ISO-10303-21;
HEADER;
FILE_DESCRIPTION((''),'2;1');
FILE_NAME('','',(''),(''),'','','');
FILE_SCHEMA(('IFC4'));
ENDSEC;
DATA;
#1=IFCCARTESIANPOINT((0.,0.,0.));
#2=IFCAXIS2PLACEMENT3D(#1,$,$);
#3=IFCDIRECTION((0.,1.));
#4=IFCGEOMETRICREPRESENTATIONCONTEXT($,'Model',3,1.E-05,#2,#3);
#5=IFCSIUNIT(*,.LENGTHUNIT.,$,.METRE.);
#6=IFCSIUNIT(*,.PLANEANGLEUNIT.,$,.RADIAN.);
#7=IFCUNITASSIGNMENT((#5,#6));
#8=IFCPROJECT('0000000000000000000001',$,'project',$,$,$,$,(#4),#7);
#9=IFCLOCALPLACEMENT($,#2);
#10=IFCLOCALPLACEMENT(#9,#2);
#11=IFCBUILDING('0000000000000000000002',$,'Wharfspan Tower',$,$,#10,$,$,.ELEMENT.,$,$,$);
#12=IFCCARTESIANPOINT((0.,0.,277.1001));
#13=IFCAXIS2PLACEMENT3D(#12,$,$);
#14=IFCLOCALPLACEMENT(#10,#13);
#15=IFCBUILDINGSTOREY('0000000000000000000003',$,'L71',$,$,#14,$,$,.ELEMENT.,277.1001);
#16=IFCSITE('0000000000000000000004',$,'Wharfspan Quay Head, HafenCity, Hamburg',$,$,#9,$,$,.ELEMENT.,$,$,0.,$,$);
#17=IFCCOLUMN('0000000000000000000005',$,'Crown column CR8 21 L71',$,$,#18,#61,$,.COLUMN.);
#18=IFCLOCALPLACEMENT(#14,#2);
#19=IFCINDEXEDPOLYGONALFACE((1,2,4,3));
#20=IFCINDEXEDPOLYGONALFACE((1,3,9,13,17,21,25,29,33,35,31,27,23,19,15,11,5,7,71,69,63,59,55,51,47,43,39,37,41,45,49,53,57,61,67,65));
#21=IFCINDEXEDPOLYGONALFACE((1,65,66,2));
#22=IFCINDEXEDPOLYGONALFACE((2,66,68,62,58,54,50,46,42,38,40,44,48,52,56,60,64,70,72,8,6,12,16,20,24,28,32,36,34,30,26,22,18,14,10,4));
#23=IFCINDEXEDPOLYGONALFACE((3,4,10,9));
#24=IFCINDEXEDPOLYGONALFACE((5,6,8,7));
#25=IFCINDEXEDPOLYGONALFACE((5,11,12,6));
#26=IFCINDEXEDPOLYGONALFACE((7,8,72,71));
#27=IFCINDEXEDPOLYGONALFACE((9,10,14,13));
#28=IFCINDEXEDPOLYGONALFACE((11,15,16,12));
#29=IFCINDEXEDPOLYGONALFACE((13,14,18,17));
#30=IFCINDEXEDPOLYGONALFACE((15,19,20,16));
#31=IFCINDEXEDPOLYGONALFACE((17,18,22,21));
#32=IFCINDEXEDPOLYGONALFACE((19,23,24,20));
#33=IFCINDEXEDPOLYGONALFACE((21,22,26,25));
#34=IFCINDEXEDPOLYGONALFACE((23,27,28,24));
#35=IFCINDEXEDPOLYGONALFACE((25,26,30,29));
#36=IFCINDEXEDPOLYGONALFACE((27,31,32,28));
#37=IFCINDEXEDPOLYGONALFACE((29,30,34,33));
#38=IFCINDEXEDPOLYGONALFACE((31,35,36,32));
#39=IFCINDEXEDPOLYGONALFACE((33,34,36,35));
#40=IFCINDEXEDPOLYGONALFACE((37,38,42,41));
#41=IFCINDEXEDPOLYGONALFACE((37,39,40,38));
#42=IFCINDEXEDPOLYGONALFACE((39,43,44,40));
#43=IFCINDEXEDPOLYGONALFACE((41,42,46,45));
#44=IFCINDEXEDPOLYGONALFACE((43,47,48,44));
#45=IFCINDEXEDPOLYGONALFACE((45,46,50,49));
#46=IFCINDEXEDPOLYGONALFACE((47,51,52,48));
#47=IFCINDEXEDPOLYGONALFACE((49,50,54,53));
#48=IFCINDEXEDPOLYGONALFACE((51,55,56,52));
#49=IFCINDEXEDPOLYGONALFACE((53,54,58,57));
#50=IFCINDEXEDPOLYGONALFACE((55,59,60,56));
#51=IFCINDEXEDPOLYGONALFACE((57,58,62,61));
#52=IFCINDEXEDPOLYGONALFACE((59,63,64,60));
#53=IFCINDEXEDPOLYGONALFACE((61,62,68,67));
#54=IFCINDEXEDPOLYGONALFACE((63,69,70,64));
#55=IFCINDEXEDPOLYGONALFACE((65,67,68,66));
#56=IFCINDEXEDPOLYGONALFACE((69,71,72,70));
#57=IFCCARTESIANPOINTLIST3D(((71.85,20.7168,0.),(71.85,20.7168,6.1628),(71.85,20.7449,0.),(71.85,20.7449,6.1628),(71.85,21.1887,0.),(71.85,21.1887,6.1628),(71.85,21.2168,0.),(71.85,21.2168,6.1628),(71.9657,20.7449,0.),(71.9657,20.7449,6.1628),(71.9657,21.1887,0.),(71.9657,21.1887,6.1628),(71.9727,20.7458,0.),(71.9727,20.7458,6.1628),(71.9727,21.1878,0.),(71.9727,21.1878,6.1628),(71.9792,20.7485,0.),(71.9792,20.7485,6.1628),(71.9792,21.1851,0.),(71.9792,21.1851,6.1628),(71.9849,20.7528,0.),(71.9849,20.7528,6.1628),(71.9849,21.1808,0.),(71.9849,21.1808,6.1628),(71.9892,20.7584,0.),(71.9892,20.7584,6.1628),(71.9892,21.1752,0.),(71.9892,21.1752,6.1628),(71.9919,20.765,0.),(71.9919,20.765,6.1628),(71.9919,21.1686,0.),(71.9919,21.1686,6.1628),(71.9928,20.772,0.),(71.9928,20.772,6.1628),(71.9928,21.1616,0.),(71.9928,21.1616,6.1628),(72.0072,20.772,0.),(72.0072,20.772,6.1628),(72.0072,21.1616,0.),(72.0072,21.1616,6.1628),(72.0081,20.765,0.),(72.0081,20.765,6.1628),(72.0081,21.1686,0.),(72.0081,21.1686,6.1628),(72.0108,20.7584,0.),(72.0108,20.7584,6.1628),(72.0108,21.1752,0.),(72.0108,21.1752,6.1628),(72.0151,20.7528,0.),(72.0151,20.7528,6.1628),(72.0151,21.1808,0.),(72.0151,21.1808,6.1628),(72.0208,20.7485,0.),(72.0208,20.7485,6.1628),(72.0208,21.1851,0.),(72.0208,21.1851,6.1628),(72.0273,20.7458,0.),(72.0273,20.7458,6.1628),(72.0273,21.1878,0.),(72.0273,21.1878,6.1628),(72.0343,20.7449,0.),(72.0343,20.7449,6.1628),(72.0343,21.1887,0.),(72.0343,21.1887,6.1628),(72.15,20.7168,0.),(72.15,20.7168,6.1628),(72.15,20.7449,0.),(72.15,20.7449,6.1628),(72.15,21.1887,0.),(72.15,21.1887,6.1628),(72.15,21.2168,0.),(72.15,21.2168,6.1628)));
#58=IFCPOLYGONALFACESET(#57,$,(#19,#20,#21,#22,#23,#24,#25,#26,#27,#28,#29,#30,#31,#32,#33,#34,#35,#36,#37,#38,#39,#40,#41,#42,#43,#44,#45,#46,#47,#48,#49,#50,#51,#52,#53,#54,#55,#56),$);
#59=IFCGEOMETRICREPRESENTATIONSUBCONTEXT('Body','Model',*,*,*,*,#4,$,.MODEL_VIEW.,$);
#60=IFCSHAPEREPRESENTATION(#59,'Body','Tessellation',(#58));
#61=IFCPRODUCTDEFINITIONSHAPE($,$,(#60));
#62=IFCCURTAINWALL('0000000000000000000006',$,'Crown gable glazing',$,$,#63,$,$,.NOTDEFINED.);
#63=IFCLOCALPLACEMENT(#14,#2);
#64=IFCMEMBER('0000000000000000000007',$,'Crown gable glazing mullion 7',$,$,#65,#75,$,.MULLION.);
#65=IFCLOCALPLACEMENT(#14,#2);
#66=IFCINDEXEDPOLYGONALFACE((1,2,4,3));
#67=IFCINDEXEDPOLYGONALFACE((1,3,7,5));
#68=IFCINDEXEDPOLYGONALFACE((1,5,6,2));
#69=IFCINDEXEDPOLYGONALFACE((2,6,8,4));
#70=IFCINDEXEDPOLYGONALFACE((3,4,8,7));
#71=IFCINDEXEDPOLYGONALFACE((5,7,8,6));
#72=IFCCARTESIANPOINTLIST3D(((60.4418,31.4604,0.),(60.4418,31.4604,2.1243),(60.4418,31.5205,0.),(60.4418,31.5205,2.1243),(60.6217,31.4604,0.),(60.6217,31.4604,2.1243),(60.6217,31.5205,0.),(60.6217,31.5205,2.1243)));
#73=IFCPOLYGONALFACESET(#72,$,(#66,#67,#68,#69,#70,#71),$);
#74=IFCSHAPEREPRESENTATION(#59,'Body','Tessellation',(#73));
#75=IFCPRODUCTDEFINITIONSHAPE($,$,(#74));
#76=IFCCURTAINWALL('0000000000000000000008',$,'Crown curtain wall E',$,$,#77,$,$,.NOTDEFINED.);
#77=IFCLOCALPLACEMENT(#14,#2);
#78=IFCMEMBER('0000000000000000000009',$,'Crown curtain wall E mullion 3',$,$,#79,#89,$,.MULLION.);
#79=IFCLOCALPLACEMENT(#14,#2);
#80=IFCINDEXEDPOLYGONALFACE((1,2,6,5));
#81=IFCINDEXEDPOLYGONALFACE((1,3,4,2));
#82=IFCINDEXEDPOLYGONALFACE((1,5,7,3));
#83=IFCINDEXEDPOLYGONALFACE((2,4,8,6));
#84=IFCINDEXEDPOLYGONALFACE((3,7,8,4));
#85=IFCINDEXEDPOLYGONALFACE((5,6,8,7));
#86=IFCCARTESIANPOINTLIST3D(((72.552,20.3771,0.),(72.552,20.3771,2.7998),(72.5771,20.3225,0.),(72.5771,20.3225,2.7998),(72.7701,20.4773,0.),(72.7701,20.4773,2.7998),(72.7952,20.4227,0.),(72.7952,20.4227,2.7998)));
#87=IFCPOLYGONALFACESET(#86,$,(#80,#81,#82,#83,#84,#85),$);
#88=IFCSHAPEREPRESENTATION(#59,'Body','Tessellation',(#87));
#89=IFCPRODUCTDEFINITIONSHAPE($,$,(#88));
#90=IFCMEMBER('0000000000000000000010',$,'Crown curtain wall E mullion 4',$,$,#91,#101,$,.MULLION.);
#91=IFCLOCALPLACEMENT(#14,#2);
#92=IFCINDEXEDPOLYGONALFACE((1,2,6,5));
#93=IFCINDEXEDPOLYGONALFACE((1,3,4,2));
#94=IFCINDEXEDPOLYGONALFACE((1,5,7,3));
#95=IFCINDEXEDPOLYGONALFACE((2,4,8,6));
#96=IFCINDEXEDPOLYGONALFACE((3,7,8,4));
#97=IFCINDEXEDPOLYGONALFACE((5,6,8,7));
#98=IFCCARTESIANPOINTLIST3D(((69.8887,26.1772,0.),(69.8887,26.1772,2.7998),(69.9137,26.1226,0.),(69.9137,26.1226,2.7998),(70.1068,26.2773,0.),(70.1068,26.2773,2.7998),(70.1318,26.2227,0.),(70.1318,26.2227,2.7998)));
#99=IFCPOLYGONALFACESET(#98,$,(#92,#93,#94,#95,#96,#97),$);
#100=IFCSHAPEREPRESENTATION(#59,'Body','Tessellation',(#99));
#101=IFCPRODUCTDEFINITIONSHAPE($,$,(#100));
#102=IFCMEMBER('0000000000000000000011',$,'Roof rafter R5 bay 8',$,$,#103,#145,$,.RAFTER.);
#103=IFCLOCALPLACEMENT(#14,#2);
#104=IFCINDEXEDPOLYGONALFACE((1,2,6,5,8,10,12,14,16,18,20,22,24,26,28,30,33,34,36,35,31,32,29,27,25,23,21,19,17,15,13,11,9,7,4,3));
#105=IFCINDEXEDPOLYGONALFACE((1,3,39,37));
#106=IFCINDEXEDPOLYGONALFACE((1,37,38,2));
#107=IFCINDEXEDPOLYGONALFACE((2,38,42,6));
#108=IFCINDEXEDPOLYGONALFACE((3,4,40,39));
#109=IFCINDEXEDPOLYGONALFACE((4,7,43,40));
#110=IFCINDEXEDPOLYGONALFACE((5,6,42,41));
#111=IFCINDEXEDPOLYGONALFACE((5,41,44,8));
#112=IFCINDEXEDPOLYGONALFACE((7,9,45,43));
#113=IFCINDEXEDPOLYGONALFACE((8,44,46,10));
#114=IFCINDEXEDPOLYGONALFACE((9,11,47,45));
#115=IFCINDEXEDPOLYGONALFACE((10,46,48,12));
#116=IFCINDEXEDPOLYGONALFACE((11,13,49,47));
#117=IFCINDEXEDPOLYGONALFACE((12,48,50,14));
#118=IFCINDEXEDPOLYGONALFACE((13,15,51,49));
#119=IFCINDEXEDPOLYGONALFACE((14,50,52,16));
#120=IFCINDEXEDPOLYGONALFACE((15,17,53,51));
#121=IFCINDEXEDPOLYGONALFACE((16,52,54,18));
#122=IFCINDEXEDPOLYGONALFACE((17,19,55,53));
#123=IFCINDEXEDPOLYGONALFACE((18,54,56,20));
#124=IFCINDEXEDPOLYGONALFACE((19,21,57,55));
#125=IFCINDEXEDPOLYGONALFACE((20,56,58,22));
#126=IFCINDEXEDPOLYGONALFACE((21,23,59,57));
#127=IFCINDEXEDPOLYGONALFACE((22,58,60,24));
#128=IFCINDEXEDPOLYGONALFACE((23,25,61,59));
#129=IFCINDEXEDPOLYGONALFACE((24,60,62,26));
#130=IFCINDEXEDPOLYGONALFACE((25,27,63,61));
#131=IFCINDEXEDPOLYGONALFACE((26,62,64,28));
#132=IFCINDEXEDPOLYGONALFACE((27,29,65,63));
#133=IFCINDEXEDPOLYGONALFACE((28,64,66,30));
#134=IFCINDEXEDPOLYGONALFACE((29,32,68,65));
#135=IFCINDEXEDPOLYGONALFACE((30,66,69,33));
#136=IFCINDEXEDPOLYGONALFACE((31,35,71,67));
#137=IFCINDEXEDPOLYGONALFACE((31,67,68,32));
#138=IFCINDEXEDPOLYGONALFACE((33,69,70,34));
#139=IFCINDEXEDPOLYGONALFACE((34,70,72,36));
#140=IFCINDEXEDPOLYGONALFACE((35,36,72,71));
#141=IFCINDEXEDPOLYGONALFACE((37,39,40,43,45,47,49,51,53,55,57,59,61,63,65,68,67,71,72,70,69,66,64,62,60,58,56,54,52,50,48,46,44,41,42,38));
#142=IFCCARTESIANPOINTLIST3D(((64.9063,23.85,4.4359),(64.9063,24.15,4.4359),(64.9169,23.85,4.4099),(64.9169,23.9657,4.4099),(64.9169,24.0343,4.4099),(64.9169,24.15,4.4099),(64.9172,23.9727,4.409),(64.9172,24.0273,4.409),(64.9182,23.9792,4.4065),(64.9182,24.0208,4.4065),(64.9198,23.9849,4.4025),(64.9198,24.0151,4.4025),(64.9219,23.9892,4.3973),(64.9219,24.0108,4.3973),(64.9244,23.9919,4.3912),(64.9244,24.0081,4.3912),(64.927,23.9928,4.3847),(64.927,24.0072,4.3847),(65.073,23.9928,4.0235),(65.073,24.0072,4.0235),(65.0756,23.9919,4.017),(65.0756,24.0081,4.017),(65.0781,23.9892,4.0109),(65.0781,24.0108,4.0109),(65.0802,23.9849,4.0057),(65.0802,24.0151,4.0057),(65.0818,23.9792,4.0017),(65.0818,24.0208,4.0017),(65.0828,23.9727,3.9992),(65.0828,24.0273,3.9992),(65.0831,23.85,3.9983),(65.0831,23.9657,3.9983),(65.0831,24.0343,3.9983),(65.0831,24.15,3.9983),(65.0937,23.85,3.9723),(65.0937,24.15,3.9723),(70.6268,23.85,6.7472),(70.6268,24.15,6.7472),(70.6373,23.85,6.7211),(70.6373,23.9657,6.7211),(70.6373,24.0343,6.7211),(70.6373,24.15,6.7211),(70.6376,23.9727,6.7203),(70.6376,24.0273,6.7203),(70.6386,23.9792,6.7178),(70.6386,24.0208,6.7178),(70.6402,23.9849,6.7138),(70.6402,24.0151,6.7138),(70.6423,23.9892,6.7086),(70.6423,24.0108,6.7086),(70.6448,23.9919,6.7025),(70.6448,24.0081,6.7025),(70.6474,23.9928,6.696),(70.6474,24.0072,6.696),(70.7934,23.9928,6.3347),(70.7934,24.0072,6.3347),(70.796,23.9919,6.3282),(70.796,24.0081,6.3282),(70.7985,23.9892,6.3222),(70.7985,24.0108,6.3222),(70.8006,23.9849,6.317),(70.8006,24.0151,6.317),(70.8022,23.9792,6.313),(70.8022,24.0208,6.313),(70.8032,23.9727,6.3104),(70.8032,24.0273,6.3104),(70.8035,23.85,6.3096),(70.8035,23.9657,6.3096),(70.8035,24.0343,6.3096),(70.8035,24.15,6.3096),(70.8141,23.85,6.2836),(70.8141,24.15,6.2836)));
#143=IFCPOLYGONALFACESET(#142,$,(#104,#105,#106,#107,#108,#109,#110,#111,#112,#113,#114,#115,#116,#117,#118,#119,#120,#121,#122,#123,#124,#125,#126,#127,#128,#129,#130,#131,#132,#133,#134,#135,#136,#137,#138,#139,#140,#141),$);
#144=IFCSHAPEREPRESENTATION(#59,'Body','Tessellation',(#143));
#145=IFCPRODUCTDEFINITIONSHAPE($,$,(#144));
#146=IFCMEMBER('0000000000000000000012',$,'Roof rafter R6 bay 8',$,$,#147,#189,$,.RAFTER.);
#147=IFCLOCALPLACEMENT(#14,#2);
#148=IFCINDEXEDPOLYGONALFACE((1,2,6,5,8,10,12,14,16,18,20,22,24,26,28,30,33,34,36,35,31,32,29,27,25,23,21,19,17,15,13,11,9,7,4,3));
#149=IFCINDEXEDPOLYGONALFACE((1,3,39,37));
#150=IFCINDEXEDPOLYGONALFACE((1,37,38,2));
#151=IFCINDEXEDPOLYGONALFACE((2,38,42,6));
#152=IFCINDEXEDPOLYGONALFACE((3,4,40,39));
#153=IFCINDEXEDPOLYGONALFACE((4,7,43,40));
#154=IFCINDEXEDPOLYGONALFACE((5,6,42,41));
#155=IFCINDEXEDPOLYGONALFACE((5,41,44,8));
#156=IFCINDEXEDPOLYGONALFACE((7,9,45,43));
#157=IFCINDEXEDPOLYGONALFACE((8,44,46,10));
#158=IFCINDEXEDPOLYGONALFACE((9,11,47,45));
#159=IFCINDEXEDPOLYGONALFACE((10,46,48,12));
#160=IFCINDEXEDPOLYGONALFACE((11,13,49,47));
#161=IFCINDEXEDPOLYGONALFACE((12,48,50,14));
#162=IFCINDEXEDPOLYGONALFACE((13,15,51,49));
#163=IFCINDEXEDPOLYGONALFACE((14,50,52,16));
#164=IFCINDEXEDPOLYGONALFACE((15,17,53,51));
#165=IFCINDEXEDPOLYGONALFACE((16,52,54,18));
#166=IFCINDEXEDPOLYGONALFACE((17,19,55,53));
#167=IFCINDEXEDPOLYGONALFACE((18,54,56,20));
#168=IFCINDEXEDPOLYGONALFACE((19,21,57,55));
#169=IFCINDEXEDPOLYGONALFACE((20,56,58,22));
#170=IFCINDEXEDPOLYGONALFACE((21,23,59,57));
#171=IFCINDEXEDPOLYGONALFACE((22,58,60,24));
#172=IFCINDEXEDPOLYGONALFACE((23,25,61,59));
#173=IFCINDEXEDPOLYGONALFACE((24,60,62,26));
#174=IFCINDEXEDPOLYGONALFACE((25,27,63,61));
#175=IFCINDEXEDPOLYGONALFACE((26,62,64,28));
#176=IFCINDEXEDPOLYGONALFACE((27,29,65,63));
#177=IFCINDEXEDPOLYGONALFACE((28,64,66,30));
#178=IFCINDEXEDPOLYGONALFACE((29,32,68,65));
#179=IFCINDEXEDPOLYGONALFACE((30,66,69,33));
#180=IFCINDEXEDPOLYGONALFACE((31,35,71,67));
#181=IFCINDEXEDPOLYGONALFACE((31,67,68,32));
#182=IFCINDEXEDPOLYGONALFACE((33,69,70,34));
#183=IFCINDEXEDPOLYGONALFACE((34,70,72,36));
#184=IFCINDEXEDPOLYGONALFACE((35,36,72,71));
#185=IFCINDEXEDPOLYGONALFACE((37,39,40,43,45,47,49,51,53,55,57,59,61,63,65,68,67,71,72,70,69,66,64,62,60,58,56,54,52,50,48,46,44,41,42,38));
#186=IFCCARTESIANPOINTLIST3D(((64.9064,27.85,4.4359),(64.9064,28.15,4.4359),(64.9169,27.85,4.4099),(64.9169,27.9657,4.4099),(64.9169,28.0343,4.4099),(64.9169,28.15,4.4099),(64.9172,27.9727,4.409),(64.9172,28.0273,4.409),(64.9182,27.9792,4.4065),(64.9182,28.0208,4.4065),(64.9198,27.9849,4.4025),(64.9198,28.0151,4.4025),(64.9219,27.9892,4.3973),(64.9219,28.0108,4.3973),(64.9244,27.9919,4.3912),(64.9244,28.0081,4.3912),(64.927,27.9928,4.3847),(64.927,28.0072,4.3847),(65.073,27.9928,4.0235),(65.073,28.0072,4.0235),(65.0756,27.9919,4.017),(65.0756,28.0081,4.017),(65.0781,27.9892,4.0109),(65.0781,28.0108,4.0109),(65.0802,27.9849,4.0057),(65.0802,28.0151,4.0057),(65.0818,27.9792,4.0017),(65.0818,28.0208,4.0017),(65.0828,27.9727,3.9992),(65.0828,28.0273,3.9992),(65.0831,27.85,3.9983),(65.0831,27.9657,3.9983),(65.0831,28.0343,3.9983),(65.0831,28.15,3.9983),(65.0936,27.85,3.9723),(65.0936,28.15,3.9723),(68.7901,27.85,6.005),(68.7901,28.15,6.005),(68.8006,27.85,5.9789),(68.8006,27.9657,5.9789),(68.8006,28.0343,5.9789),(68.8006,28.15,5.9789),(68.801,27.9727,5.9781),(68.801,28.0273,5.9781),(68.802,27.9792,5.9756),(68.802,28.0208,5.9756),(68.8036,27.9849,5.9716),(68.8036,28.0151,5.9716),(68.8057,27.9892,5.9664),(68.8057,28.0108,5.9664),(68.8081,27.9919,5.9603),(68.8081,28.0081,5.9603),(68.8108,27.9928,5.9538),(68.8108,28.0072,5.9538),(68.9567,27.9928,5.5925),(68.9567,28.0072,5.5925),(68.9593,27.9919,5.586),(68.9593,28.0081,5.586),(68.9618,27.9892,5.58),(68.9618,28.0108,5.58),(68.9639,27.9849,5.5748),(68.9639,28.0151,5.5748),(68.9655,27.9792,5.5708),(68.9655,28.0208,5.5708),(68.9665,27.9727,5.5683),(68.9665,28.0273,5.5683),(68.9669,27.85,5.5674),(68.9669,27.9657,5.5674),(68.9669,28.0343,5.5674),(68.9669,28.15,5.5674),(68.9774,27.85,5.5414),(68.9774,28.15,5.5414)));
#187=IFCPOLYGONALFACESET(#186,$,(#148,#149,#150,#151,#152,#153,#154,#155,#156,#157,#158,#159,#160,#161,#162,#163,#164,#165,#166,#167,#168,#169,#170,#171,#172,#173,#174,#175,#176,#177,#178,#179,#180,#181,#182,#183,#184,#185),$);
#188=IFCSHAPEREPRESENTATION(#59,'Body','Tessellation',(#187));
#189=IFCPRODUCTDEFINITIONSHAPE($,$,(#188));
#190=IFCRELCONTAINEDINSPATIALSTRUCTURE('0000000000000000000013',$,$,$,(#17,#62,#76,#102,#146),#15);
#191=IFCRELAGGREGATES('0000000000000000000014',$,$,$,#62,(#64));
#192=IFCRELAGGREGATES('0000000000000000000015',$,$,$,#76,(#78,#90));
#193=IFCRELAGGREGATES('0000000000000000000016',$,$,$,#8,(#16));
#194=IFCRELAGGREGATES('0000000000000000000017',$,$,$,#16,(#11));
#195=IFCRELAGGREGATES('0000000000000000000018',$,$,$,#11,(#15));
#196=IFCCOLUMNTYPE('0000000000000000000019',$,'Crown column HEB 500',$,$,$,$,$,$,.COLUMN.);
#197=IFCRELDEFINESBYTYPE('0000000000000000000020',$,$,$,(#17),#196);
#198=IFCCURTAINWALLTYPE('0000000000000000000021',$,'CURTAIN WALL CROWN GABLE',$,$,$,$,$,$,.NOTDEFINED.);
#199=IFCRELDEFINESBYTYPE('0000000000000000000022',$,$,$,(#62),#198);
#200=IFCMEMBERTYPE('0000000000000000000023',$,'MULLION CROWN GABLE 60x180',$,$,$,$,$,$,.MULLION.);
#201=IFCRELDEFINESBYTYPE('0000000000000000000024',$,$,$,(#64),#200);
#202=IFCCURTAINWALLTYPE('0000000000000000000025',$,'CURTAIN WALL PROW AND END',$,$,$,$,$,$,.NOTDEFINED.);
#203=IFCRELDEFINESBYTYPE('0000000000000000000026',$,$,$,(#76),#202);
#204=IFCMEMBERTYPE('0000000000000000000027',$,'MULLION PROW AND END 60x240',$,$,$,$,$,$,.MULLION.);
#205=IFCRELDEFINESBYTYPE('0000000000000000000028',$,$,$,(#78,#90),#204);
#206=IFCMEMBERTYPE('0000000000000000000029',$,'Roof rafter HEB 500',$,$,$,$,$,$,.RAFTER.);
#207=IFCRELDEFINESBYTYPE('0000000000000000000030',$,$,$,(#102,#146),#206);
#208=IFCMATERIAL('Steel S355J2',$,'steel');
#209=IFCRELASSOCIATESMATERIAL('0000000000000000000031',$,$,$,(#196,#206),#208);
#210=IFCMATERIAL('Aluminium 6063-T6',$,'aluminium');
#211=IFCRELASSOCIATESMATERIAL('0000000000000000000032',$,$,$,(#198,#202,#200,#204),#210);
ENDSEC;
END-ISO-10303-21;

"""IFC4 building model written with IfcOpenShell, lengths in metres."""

from ifc_helpers import new_model, si_unit, direction, frame, origin, origin_2d, place, context, subcontext, project, spatial, rectangle, i_section, extrude, material, material_profile, profile_set, type_object, element, aggregate, save


model = new_model("IFC4")

# Units and contexts
model_context = context("Model", 3, precision=1e-05, world=origin(), true_north=direction((0.0, 1.0)))
body_context = subcontext(model_context, "Body", "Model", "MODEL_VIEW")
ifc_project = project(units=[si_unit("LENGTHUNIT", "METRE"), si_unit("PLANEANGLEUNIT", "RADIAN")], contexts=[model_context])

# Site, building, storey
site_placement = place(None, origin())
site = spatial("IfcSite", under=ifc_project, at=site_placement, Name="Wharfspan Quay Head, HafenCity, Hamburg", CompositionType="ELEMENT", RefElevation=0.0)
building_placement = place(site_placement, origin())
building = spatial("IfcBuilding", under=site, at=building_placement, Name="Wharfspan Tower", CompositionType="ELEMENT")
storey_placement = place(building_placement, frame((0.0, 0.0, 277.1001)))
storey = spatial("IfcBuildingStorey", under=building, at=storey_placement, Name="L71", CompositionType="ELEMENT", Elevation=277.1001)

# Column
ifc_material_1 = material(Name="Steel S355J2", Category="steel")
ifc_material_profile_1 = material_profile(ifc_material_1, i_section(OverallWidth=0.3, OverallDepth=0.5, WebThickness=0.0144, FlangeThickness=0.0281, FilletRadius=0.0271, at=origin_2d()))
ifc_profile_set_1 = profile_set([ifc_material_profile_1], Name="Steel S355J2")
column_type = type_object("IfcColumnType", Name="Crown column HEB 500", PredefinedType="COLUMN", material=ifc_profile_set_1)
column_placement = place(storey_placement, frame((72.0, 20.9668, 0.0), z_axis=(0.0, 0.0, 1.0), x_axis=(1.0, 0.0, 0.0)))
element("IfcColumn", 1, at=column_placement, inside=storey, type_object=column_type, Name="Crown column CR8 21 L71", PredefinedType="COLUMN", context=body_context, shape_type="SweptSolid", body=[
    extrude(i_section(OverallWidth=0.3, OverallDepth=0.5, WebThickness=0.0144, FlangeThickness=0.0281, FilletRadius=0.0271, at=origin_2d()), origin(), (0.0, 0.0, 1.0), 6.1628),
])

# Curtain wall, member
ifc_material_2 = material(Name="Aluminium 6063-T6", Category="aluminium")
curtain_wall_type_1 = type_object("IfcCurtainWallType", Name="CURTAIN WALL CROWN GABLE", PredefinedType="NOTDEFINED", material=ifc_material_2)
curtain_wall_1_placement = place(storey_placement, origin())
curtain_wall_1 = element("IfcCurtainWall", 2, at=curtain_wall_1_placement, inside=storey, type_object=curtain_wall_type_1, Name="Crown gable glazing", PredefinedType="NOTDEFINED")
ifc_material_profile_2 = material_profile(ifc_material_2, rectangle(XDim=0.1799, YDim=0.0601, at=origin_2d()))
ifc_profile_set_2 = profile_set([ifc_material_profile_2], Name="Aluminium 6063-T6")
member_type_1 = type_object("IfcMemberType", Name="MULLION CROWN GABLE 60x180", PredefinedType="MULLION", material=ifc_profile_set_2)
member_1_placement = place(storey_placement, frame((60.5317, 31.4905, 0.0), z_axis=(0.0, 0.0, 1.0), x_axis=(-1.0, 0.0, 0.0)))
member_1 = element("IfcMember", 3, at=member_1_placement, type_object=member_type_1, Name="Crown gable glazing mullion 7", PredefinedType="MULLION", context=body_context, shape_type="SweptSolid", body=[
    extrude(rectangle(XDim=0.1799, YDim=0.0601, at=origin_2d()), origin(), (0.0, 0.0, 1.0), 2.1243),
])

# Curtain wall, members
curtain_wall_type_2 = type_object("IfcCurtainWallType", Name="CURTAIN WALL PROW AND END", PredefinedType="NOTDEFINED", material=ifc_material_2)
curtain_wall_2_placement = place(storey_placement, origin())
curtain_wall_2 = element("IfcCurtainWall", 4, at=curtain_wall_2_placement, inside=storey, type_object=curtain_wall_type_2, Name="Crown curtain wall E", PredefinedType="NOTDEFINED")
ifc_material_profile_3 = material_profile(ifc_material_2, rectangle(XDim=0.24, YDim=0.0601, at=origin_2d()))
ifc_profile_set_3 = profile_set([ifc_material_profile_3], Name="Aluminium 6063-T6")
member_type_2 = type_object("IfcMemberType", Name="MULLION PROW AND END 60x240", PredefinedType="MULLION", material=ifc_profile_set_3)
member_2_placement = place(storey_placement, frame((72.6736, 20.3999, 0.0), z_axis=(0.0, 0.0, 1.0), x_axis=(-0.908769, -0.417292, 0.0)))
member_2 = element("IfcMember", 5, at=member_2_placement, type_object=member_type_2, Name="Crown curtain wall E mullion 3", PredefinedType="MULLION", context=body_context, shape_type="SweptSolid", body=[
    extrude(rectangle(XDim=0.24, YDim=0.0601, at=origin_2d()), origin(), (0.0, 0.0, 1.0), 2.7998),
])
member_3_placement = place(storey_placement, frame((70.0103, 26.2, 0.0), z_axis=(0.0, 0.0, 1.0), x_axis=(-0.908769, -0.417292, 0.0)))
member_3 = element("IfcMember", 6, at=member_3_placement, type_object=member_type_2, Name="Crown curtain wall E mullion 4", PredefinedType="MULLION", context=body_context, shape_type="SweptSolid", body=[
    extrude(rectangle(XDim=0.24, YDim=0.0601, at=origin_2d()), origin(), (0.0, 0.0, 1.0), 2.7998),
])

# Members
ifc_material_profile_4 = material_profile(ifc_material_1, i_section(OverallWidth=0.3, OverallDepth=0.5, WebThickness=0.0144, FlangeThickness=0.0281, FilletRadius=0.0271, at=origin_2d()))
ifc_profile_set_4 = profile_set([ifc_material_profile_4], Name="Steel S355J2")
member_type_3 = type_object("IfcMemberType", Name="Roof rafter HEB 500", PredefinedType="RAFTER", material=ifc_profile_set_4)
member_4_placement = place(storey_placement, frame((65.0, 24.0, 4.2041), z_axis=(0.92718, 0.0, 0.374615), x_axis=(0.0, 1.0, 0.0)))
element("IfcMember", 7, at=member_4_placement, inside=storey, type_object=member_type_3, Name="Roof rafter R5 bay 8", PredefinedType="RAFTER", context=body_context, shape_type="SweptSolid", body=[
    extrude(i_section(OverallWidth=0.3, OverallDepth=0.5, WebThickness=0.0144, FlangeThickness=0.0281, FilletRadius=0.0271, at=origin_2d()), origin(), (0.0, 0.0, 1.0), 6.1697),
])
member_5_placement = place(storey_placement, frame((65.0, 28.0, 4.2041), z_axis=(0.927189, 0.0, 0.374594), x_axis=(0.0, 1.0, 0.0)))
element("IfcMember", 8, at=member_5_placement, inside=storey, type_object=member_type_3, Name="Roof rafter R6 bay 8", PredefinedType="RAFTER", context=body_context, shape_type="SweptSolid", body=[
    extrude(i_section(OverallWidth=0.3, OverallDepth=0.5, WebThickness=0.0144, FlangeThickness=0.0281, FilletRadius=0.0271, at=origin_2d()), origin(), (0.0, 0.0, 1.0), 4.1887),
])

aggregate(curtain_wall_1, [member_1])
aggregate(curtain_wall_2, [member_2, member_3])

save(model, "model.ifc")
